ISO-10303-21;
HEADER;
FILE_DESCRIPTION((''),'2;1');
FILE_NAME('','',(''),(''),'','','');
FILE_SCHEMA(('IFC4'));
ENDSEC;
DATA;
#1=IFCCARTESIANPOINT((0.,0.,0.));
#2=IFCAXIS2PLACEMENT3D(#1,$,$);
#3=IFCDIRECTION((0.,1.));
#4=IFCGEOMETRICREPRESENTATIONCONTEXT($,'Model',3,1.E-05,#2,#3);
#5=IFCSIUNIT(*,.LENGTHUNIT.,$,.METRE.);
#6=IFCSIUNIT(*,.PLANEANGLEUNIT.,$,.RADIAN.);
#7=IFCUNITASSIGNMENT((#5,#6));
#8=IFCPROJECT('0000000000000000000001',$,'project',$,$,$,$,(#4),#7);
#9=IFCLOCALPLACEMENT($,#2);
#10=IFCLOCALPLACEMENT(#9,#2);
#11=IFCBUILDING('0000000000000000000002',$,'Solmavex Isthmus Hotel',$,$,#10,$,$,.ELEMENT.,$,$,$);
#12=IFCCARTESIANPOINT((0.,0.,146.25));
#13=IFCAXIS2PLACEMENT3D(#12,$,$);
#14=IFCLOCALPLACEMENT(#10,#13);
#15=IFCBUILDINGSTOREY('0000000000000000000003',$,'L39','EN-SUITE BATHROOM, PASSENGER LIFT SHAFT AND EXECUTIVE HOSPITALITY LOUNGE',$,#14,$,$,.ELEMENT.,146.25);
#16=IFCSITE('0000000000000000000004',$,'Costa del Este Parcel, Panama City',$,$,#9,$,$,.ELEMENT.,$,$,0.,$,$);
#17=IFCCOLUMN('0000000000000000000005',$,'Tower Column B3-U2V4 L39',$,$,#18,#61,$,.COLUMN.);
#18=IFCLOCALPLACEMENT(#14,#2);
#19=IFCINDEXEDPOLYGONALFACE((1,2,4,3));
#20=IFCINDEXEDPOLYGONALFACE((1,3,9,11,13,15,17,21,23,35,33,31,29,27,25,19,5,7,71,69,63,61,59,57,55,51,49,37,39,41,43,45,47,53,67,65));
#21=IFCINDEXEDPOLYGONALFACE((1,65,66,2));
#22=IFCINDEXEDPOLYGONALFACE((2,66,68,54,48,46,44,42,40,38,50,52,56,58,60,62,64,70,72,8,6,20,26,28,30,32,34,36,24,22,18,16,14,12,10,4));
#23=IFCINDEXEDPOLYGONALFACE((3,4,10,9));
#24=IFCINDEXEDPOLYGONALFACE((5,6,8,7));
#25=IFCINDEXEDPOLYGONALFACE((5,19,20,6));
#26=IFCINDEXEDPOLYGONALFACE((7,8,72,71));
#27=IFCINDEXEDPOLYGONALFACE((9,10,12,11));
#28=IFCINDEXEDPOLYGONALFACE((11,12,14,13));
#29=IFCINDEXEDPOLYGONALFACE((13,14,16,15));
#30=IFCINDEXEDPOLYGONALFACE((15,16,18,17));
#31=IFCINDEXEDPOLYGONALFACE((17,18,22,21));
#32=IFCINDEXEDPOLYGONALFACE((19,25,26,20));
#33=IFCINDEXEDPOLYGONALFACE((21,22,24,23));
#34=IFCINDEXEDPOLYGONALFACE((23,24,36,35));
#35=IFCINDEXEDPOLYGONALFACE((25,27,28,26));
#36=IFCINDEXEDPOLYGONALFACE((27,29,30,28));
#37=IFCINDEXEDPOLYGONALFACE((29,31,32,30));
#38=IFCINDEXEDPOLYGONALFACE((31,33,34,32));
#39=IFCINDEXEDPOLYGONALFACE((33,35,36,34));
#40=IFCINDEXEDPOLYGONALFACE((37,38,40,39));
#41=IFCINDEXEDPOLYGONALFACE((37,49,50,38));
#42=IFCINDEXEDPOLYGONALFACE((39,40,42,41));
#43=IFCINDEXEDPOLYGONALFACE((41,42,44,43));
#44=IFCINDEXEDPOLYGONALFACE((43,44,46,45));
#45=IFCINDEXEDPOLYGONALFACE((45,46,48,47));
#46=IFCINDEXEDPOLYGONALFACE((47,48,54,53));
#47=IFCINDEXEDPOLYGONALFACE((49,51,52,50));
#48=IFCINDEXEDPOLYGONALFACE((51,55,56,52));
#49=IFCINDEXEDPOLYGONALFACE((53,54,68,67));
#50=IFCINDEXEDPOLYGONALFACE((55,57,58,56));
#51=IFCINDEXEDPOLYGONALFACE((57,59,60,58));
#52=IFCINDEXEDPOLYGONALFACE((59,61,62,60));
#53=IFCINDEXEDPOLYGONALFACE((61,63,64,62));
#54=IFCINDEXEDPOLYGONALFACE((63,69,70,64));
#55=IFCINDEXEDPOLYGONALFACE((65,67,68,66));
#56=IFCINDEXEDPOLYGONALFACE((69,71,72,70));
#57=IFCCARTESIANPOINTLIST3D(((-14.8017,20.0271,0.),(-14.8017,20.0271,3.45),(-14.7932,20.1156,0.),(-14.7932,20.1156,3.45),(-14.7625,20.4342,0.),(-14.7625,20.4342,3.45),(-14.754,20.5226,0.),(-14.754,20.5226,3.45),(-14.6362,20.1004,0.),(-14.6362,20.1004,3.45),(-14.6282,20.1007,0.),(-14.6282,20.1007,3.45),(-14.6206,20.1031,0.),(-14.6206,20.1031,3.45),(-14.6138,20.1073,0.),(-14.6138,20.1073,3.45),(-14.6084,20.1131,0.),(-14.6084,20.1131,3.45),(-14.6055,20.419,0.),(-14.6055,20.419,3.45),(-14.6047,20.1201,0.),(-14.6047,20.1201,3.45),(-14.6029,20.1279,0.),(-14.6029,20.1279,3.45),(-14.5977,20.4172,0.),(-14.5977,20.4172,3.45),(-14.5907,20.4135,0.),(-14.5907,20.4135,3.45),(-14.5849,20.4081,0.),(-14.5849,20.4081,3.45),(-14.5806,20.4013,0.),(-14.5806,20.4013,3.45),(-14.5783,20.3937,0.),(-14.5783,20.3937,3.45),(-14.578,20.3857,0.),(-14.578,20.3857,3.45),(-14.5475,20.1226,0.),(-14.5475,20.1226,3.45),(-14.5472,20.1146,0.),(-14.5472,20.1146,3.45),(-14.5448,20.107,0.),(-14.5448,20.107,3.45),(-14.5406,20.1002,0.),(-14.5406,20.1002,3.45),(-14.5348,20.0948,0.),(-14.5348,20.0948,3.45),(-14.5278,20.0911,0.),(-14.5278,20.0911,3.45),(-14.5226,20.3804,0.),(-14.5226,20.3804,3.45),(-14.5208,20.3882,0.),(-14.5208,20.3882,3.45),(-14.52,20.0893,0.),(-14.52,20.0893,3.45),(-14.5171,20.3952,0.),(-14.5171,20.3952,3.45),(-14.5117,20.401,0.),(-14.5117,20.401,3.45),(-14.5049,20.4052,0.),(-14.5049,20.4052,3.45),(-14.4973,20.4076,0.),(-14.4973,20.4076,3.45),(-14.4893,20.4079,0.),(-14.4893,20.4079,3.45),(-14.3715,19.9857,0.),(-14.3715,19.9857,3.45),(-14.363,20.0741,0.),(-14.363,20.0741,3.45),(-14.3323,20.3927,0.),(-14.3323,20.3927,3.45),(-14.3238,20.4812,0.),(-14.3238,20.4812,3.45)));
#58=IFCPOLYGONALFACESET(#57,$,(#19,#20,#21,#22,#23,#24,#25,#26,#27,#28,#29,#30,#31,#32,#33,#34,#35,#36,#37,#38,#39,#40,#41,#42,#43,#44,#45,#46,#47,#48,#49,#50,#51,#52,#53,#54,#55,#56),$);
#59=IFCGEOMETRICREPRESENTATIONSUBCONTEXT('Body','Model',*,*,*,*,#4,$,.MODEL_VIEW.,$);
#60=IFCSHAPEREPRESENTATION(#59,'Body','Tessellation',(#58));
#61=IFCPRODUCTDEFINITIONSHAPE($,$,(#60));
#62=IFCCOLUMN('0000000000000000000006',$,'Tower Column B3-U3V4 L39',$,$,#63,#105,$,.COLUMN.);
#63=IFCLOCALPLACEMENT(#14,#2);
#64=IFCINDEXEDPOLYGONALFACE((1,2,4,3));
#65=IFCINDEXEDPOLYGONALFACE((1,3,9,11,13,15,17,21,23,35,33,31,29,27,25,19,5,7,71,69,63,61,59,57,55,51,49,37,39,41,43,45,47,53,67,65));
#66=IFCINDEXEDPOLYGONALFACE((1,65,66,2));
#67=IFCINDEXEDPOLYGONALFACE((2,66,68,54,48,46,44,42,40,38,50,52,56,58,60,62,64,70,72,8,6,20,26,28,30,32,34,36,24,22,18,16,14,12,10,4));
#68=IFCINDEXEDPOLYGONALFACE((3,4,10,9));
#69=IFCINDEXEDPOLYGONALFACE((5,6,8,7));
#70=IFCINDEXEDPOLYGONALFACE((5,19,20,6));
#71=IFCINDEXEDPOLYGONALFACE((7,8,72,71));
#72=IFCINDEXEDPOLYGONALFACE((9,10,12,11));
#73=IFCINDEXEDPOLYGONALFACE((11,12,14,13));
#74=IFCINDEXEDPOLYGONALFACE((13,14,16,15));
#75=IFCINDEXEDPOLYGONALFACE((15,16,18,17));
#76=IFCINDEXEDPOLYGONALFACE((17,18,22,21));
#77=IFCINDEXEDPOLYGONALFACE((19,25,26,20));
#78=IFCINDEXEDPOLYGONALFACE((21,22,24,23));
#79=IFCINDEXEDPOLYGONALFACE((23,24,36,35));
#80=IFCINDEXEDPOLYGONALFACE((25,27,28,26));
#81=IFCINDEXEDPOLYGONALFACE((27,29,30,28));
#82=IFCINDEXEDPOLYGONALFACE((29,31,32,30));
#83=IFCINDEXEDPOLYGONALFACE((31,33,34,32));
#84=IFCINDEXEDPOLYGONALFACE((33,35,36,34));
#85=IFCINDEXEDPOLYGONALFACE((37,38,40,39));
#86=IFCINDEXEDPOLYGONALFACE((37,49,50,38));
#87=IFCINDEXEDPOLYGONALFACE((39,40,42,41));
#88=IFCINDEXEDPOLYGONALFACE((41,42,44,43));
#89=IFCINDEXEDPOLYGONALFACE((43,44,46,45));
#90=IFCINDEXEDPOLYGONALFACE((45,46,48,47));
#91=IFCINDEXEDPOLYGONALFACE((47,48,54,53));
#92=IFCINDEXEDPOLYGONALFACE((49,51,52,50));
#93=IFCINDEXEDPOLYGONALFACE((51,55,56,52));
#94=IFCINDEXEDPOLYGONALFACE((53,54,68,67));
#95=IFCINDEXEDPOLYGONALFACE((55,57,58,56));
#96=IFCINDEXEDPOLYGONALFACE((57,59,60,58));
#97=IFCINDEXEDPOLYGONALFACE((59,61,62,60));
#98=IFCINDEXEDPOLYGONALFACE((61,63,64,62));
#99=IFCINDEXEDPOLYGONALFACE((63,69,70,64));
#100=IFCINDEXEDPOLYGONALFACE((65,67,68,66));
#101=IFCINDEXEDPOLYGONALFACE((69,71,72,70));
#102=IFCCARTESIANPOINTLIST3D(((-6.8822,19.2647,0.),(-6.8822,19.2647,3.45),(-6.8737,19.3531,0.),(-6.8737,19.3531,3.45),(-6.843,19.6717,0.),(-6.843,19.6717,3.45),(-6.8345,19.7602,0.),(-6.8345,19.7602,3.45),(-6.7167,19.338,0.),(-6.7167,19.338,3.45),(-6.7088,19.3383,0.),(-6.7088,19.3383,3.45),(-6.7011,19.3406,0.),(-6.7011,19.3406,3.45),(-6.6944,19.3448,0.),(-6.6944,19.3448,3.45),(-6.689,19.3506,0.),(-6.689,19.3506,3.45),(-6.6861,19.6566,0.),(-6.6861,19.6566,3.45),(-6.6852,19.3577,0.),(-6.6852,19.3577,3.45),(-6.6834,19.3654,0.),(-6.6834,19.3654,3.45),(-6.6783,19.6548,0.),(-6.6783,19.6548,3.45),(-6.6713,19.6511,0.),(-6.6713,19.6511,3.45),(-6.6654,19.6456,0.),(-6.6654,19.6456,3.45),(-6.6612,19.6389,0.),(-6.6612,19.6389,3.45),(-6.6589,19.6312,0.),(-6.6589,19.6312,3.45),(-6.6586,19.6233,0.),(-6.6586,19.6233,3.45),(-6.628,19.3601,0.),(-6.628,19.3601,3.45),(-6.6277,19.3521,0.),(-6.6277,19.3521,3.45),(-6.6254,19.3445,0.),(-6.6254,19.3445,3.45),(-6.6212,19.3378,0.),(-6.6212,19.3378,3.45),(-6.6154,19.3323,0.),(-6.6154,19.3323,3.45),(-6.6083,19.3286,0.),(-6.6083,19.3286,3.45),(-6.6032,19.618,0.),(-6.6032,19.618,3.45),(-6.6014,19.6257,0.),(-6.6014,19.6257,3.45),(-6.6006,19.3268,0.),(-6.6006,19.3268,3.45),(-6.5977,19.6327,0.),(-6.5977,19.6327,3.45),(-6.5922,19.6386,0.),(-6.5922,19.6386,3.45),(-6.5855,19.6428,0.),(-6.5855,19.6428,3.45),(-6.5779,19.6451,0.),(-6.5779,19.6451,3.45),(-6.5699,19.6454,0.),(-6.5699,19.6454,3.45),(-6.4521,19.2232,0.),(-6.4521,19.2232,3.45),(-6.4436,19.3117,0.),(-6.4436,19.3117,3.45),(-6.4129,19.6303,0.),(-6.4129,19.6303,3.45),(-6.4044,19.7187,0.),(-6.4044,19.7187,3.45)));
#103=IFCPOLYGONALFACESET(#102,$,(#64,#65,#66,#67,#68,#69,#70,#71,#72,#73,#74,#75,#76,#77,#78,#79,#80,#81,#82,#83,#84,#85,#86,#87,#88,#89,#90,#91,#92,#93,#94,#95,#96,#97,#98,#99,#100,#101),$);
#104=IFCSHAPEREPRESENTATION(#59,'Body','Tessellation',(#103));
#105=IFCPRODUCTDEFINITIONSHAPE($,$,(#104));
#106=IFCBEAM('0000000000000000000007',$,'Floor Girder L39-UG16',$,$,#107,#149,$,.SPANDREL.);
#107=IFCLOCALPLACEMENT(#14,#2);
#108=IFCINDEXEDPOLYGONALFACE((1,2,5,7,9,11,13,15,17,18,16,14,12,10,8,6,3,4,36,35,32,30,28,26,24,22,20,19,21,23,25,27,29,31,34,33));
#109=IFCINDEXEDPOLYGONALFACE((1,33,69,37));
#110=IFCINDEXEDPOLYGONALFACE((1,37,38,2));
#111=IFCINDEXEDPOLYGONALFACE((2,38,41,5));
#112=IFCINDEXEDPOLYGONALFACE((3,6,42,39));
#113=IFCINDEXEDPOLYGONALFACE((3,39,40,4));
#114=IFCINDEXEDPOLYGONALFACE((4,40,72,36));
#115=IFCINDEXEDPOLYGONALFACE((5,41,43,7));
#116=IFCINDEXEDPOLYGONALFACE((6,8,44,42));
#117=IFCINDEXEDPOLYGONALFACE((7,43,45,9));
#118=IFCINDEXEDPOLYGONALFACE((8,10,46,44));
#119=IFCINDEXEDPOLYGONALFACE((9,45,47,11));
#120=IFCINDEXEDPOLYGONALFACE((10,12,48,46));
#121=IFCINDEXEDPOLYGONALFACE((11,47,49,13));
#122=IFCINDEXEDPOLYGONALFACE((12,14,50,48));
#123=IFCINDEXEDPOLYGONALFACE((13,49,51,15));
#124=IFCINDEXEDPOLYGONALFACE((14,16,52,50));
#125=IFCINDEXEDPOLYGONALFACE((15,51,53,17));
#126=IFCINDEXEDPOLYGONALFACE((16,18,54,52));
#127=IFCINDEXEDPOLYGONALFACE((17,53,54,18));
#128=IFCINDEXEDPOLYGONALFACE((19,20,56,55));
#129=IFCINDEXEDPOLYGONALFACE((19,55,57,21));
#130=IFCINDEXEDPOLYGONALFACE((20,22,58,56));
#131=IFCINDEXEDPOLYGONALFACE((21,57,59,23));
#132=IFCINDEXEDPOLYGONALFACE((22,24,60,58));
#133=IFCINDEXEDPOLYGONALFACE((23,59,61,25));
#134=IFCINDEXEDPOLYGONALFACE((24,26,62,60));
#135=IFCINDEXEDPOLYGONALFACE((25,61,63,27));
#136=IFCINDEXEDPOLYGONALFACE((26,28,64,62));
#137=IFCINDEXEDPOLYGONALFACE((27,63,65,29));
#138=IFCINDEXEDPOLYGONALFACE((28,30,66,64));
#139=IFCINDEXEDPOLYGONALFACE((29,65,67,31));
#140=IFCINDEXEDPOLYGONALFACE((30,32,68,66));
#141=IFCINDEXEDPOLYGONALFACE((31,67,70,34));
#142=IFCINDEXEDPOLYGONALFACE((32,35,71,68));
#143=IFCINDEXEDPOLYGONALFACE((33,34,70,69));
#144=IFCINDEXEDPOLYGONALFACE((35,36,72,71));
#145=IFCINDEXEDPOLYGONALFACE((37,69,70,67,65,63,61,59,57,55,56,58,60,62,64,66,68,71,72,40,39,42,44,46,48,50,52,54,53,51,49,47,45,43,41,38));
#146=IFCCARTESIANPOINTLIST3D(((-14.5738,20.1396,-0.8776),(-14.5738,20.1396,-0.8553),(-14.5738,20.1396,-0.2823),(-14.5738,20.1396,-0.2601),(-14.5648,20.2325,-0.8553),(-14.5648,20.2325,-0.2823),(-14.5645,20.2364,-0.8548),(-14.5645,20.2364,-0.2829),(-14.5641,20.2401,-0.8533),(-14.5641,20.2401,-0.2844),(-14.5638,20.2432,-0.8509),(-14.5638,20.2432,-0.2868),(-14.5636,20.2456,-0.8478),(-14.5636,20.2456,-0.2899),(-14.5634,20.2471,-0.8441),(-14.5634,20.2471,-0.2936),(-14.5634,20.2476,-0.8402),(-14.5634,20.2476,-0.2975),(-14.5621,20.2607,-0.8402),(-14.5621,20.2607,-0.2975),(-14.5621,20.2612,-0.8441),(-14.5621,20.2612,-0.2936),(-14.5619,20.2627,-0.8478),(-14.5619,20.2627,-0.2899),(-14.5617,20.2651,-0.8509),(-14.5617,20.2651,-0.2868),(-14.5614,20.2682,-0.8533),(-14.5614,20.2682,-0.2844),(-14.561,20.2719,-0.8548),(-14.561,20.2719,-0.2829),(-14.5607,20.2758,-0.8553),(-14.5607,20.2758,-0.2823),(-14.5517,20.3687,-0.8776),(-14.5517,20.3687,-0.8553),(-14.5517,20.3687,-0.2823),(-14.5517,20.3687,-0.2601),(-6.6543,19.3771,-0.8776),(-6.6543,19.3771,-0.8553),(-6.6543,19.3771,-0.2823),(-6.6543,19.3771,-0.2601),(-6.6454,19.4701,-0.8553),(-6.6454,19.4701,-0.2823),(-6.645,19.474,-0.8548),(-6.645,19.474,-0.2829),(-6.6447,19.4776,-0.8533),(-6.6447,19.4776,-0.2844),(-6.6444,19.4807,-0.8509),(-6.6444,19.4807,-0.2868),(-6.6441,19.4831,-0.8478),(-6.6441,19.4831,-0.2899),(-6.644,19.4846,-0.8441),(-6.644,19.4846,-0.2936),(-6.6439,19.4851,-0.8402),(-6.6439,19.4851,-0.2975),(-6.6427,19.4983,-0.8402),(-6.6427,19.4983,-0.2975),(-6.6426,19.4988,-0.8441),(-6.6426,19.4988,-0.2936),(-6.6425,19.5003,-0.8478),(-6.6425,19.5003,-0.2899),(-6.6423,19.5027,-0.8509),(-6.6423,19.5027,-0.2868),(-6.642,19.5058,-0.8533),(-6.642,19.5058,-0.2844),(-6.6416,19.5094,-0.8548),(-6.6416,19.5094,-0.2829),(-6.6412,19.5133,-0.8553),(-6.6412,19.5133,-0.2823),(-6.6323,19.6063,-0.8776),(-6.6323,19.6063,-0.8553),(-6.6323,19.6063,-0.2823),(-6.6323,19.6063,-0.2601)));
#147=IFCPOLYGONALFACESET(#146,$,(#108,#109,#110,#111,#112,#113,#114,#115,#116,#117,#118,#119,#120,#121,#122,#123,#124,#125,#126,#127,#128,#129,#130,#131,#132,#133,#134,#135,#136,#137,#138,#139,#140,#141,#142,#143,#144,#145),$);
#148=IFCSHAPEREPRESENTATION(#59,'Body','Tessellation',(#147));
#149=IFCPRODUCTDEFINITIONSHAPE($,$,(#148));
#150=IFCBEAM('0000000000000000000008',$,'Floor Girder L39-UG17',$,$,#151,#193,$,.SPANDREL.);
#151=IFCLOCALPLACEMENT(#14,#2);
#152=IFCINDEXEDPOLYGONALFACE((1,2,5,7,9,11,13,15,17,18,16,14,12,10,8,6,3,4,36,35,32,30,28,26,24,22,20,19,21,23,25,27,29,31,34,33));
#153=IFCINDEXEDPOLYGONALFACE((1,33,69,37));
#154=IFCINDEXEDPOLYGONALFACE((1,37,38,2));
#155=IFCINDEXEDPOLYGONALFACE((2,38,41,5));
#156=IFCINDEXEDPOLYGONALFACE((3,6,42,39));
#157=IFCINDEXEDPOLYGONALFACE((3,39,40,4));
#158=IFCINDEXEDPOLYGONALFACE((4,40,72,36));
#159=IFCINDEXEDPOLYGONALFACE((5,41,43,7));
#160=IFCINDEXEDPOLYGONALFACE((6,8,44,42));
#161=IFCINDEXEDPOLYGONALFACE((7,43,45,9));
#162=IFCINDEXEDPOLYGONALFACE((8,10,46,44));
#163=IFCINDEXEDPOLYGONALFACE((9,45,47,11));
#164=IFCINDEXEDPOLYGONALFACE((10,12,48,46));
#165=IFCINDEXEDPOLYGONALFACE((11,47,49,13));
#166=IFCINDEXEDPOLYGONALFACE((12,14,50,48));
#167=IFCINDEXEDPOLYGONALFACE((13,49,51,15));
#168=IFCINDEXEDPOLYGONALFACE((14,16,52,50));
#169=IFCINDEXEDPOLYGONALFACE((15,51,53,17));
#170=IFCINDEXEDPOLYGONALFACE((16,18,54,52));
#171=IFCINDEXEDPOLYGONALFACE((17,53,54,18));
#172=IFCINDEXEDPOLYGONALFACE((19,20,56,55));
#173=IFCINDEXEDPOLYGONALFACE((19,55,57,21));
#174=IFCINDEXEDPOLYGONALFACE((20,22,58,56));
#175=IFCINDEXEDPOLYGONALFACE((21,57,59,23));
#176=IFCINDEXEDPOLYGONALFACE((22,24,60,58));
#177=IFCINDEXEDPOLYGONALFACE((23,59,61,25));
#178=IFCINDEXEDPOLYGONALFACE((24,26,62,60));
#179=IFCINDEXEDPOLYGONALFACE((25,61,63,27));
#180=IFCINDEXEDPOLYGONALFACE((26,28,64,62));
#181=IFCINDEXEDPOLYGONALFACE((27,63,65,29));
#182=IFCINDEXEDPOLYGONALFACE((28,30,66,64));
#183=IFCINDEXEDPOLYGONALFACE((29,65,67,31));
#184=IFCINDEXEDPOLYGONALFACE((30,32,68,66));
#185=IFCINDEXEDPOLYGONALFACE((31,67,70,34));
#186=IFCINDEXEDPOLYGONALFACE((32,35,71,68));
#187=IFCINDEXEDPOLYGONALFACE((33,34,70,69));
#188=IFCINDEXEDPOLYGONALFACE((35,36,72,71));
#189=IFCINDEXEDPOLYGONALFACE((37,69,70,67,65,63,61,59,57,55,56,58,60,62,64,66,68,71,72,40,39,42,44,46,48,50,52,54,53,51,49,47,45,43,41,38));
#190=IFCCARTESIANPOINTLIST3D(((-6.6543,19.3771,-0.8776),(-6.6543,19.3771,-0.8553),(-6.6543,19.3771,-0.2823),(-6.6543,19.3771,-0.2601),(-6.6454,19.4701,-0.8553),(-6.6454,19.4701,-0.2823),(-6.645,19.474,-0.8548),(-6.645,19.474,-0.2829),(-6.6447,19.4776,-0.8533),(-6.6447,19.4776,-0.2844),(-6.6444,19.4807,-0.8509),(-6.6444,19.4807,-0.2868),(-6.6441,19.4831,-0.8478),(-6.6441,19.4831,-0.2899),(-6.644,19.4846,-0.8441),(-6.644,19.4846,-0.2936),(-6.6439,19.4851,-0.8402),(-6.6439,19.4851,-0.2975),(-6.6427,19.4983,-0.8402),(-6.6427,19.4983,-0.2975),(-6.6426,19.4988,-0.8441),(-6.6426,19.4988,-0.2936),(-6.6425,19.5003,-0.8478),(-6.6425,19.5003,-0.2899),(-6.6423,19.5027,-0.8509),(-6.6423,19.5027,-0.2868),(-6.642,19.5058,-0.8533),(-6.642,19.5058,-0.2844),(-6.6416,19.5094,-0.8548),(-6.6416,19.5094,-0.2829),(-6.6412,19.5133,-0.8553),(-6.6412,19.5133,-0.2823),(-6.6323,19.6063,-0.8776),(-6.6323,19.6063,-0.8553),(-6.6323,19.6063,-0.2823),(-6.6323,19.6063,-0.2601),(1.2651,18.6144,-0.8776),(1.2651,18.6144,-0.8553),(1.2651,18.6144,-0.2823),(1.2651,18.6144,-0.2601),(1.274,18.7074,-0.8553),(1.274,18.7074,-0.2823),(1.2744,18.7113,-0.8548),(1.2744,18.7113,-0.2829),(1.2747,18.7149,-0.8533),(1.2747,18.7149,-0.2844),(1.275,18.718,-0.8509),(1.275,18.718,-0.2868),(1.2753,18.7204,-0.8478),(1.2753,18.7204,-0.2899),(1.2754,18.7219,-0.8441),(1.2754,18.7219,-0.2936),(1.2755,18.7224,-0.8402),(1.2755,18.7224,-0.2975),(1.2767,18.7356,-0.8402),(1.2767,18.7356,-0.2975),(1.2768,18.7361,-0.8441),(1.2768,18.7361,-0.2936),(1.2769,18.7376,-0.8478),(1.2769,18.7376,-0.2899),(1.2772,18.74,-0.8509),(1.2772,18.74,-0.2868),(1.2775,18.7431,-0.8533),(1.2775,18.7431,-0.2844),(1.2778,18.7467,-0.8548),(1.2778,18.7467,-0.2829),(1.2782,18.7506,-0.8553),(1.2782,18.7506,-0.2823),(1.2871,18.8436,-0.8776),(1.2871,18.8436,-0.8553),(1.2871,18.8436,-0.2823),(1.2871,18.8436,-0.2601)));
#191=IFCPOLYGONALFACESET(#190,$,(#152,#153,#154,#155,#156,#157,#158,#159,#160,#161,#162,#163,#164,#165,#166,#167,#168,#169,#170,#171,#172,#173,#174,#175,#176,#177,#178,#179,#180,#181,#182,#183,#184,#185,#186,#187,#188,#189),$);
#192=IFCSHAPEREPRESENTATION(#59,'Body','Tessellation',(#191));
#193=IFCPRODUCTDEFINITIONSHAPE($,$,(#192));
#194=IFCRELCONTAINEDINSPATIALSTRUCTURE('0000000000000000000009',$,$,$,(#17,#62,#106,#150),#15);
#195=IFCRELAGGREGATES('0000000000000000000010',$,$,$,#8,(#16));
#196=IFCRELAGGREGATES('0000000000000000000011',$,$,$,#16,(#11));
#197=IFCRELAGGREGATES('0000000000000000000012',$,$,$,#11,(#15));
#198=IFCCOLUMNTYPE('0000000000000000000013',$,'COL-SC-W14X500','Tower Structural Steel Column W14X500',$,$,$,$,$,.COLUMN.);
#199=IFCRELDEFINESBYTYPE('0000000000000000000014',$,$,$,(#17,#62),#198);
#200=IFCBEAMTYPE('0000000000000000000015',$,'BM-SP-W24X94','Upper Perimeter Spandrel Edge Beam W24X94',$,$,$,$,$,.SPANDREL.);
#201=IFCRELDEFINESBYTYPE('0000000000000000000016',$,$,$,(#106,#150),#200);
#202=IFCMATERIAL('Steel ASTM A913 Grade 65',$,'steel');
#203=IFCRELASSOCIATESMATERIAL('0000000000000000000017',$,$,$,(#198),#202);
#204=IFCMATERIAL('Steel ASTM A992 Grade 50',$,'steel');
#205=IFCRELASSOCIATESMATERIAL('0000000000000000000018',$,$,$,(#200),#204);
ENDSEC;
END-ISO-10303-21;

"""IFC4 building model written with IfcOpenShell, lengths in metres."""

from ifc_helpers import new_model, si_unit, direction, frame, origin, origin_2d, place, context, subcontext, project, spatial, i_section, extrude, material, material_profile, profile_set, type_object, element, save


model = new_model("IFC4")

# Units and contexts
model_context = context("Model", 3, precision=1e-05, world=origin(), true_north=direction((0.0, 1.0)))
body_context = subcontext(model_context, "Body", "Model", "MODEL_VIEW")
ifc_project = project(units=[si_unit("LENGTHUNIT", "METRE"), si_unit("PLANEANGLEUNIT", "RADIAN")], contexts=[model_context])

# Site, building, storey
site_placement = place(None, origin())
site = spatial("IfcSite", under=ifc_project, at=site_placement, Name="Costa del Este Parcel, Panama City", CompositionType="ELEMENT", RefElevation=0.0)
building_placement = place(site_placement, origin())
building = spatial("IfcBuilding", under=site, at=building_placement, Name="Solmavex Isthmus Hotel", CompositionType="ELEMENT")
storey_placement = place(building_placement, frame((0.0, 0.0, 146.25)))
storey = spatial("IfcBuildingStorey", under=building, at=storey_placement, Name="L39", Description="EN-SUITE BATHROOM, PASSENGER LIFT SHAFT AND EXECUTIVE HOSPITALITY LOUNGE", CompositionType="ELEMENT", Elevation=146.25)

# Columns
ifc_material_1 = material(Name="Steel ASTM A913 Grade 65", Category="steel")
ifc_material_profile_1 = material_profile(ifc_material_1, i_section(OverallWidth=0.4321, OverallDepth=0.4978, WebThickness=0.0557, FlangeThickness=0.0889, FilletRadius=0.0305, at=origin_2d()), Name="W14X500")
ifc_profile_set_1 = profile_set([ifc_material_profile_1], Name="Steel ASTM A913 Grade 65")
column_type = type_object("IfcColumnType", Name="COL-SC-W14X500", Description="Tower Structural Steel Column W14X500", PredefinedType="COLUMN", material=ifc_profile_set_1)
for number, where, z_axis, x_axis, name in (
    (1, (-14.5627, 20.2542, 0.0), (0.0, 0.0, 1.0), (0.995396, -0.095846, 0.0), "Tower Column B3-U2V4 L39"),
    (2, (-6.6433, 19.4917, 0.0), (0.0, 0.0, 1.0), (0.995396, -0.095846, 0.0), "Tower Column B3-U3V4 L39"),
):
    element("IfcColumn", number, at=place(storey_placement, frame(where, z_axis=z_axis, x_axis=x_axis)), inside=storey, type_object=column_type, Name=name, PredefinedType="COLUMN", context=body_context, shape_type="SweptSolid", body=[
        extrude(i_section(OverallWidth=0.4321, OverallDepth=0.4978, WebThickness=0.0557, FlangeThickness=0.0889, FilletRadius=0.0305, at=origin_2d()), origin(), (0.0, 0.0, 1.0), 3.45),
    ])

# Beams
ifc_material_2 = material(Name="Steel ASTM A992 Grade 50", Category="steel")
ifc_material_profile_2 = material_profile(ifc_material_2, i_section(OverallWidth=0.2302, OverallDepth=0.6174, WebThickness=0.0132, FlangeThickness=0.0222, FilletRadius=0.0151, at=origin_2d()), Name="W24X94")
ifc_profile_set_2 = profile_set([ifc_material_profile_2], Name="Steel ASTM A992 Grade 50")
beam_type = type_object("IfcBeamType", Name="BM-SP-W24X94", Description="Upper Perimeter Spandrel Edge Beam W24X94", PredefinedType="SPANDREL", material=ifc_profile_set_2)
for number, where, z_axis, x_axis, name in (
    (3, (-14.5627, 20.2542, -0.5688), (0.995397, -0.095833, 0.0), (0.095833, 0.995397, 0.0), "Floor Girder L39-UG16"),
    (4, (-6.6433, 19.4917, -0.5688), (0.995395, -0.095863, 0.0), (0.095863, 0.995395, 0.0), "Floor Girder L39-UG17"),
):
    element("IfcBeam", number, at=place(storey_placement, frame(where, z_axis=z_axis, x_axis=x_axis)), inside=storey, type_object=beam_type, Name=name, PredefinedType="SPANDREL", context=body_context, shape_type="SweptSolid", body=[
        extrude(i_section(OverallWidth=0.2302, OverallDepth=0.6174, WebThickness=0.0132, FlangeThickness=0.0222, FilletRadius=0.0151, at=origin_2d()), origin(), (0.0, 0.0, 1.0), 7.9561),
    ])

save(model, "model.ifc")
